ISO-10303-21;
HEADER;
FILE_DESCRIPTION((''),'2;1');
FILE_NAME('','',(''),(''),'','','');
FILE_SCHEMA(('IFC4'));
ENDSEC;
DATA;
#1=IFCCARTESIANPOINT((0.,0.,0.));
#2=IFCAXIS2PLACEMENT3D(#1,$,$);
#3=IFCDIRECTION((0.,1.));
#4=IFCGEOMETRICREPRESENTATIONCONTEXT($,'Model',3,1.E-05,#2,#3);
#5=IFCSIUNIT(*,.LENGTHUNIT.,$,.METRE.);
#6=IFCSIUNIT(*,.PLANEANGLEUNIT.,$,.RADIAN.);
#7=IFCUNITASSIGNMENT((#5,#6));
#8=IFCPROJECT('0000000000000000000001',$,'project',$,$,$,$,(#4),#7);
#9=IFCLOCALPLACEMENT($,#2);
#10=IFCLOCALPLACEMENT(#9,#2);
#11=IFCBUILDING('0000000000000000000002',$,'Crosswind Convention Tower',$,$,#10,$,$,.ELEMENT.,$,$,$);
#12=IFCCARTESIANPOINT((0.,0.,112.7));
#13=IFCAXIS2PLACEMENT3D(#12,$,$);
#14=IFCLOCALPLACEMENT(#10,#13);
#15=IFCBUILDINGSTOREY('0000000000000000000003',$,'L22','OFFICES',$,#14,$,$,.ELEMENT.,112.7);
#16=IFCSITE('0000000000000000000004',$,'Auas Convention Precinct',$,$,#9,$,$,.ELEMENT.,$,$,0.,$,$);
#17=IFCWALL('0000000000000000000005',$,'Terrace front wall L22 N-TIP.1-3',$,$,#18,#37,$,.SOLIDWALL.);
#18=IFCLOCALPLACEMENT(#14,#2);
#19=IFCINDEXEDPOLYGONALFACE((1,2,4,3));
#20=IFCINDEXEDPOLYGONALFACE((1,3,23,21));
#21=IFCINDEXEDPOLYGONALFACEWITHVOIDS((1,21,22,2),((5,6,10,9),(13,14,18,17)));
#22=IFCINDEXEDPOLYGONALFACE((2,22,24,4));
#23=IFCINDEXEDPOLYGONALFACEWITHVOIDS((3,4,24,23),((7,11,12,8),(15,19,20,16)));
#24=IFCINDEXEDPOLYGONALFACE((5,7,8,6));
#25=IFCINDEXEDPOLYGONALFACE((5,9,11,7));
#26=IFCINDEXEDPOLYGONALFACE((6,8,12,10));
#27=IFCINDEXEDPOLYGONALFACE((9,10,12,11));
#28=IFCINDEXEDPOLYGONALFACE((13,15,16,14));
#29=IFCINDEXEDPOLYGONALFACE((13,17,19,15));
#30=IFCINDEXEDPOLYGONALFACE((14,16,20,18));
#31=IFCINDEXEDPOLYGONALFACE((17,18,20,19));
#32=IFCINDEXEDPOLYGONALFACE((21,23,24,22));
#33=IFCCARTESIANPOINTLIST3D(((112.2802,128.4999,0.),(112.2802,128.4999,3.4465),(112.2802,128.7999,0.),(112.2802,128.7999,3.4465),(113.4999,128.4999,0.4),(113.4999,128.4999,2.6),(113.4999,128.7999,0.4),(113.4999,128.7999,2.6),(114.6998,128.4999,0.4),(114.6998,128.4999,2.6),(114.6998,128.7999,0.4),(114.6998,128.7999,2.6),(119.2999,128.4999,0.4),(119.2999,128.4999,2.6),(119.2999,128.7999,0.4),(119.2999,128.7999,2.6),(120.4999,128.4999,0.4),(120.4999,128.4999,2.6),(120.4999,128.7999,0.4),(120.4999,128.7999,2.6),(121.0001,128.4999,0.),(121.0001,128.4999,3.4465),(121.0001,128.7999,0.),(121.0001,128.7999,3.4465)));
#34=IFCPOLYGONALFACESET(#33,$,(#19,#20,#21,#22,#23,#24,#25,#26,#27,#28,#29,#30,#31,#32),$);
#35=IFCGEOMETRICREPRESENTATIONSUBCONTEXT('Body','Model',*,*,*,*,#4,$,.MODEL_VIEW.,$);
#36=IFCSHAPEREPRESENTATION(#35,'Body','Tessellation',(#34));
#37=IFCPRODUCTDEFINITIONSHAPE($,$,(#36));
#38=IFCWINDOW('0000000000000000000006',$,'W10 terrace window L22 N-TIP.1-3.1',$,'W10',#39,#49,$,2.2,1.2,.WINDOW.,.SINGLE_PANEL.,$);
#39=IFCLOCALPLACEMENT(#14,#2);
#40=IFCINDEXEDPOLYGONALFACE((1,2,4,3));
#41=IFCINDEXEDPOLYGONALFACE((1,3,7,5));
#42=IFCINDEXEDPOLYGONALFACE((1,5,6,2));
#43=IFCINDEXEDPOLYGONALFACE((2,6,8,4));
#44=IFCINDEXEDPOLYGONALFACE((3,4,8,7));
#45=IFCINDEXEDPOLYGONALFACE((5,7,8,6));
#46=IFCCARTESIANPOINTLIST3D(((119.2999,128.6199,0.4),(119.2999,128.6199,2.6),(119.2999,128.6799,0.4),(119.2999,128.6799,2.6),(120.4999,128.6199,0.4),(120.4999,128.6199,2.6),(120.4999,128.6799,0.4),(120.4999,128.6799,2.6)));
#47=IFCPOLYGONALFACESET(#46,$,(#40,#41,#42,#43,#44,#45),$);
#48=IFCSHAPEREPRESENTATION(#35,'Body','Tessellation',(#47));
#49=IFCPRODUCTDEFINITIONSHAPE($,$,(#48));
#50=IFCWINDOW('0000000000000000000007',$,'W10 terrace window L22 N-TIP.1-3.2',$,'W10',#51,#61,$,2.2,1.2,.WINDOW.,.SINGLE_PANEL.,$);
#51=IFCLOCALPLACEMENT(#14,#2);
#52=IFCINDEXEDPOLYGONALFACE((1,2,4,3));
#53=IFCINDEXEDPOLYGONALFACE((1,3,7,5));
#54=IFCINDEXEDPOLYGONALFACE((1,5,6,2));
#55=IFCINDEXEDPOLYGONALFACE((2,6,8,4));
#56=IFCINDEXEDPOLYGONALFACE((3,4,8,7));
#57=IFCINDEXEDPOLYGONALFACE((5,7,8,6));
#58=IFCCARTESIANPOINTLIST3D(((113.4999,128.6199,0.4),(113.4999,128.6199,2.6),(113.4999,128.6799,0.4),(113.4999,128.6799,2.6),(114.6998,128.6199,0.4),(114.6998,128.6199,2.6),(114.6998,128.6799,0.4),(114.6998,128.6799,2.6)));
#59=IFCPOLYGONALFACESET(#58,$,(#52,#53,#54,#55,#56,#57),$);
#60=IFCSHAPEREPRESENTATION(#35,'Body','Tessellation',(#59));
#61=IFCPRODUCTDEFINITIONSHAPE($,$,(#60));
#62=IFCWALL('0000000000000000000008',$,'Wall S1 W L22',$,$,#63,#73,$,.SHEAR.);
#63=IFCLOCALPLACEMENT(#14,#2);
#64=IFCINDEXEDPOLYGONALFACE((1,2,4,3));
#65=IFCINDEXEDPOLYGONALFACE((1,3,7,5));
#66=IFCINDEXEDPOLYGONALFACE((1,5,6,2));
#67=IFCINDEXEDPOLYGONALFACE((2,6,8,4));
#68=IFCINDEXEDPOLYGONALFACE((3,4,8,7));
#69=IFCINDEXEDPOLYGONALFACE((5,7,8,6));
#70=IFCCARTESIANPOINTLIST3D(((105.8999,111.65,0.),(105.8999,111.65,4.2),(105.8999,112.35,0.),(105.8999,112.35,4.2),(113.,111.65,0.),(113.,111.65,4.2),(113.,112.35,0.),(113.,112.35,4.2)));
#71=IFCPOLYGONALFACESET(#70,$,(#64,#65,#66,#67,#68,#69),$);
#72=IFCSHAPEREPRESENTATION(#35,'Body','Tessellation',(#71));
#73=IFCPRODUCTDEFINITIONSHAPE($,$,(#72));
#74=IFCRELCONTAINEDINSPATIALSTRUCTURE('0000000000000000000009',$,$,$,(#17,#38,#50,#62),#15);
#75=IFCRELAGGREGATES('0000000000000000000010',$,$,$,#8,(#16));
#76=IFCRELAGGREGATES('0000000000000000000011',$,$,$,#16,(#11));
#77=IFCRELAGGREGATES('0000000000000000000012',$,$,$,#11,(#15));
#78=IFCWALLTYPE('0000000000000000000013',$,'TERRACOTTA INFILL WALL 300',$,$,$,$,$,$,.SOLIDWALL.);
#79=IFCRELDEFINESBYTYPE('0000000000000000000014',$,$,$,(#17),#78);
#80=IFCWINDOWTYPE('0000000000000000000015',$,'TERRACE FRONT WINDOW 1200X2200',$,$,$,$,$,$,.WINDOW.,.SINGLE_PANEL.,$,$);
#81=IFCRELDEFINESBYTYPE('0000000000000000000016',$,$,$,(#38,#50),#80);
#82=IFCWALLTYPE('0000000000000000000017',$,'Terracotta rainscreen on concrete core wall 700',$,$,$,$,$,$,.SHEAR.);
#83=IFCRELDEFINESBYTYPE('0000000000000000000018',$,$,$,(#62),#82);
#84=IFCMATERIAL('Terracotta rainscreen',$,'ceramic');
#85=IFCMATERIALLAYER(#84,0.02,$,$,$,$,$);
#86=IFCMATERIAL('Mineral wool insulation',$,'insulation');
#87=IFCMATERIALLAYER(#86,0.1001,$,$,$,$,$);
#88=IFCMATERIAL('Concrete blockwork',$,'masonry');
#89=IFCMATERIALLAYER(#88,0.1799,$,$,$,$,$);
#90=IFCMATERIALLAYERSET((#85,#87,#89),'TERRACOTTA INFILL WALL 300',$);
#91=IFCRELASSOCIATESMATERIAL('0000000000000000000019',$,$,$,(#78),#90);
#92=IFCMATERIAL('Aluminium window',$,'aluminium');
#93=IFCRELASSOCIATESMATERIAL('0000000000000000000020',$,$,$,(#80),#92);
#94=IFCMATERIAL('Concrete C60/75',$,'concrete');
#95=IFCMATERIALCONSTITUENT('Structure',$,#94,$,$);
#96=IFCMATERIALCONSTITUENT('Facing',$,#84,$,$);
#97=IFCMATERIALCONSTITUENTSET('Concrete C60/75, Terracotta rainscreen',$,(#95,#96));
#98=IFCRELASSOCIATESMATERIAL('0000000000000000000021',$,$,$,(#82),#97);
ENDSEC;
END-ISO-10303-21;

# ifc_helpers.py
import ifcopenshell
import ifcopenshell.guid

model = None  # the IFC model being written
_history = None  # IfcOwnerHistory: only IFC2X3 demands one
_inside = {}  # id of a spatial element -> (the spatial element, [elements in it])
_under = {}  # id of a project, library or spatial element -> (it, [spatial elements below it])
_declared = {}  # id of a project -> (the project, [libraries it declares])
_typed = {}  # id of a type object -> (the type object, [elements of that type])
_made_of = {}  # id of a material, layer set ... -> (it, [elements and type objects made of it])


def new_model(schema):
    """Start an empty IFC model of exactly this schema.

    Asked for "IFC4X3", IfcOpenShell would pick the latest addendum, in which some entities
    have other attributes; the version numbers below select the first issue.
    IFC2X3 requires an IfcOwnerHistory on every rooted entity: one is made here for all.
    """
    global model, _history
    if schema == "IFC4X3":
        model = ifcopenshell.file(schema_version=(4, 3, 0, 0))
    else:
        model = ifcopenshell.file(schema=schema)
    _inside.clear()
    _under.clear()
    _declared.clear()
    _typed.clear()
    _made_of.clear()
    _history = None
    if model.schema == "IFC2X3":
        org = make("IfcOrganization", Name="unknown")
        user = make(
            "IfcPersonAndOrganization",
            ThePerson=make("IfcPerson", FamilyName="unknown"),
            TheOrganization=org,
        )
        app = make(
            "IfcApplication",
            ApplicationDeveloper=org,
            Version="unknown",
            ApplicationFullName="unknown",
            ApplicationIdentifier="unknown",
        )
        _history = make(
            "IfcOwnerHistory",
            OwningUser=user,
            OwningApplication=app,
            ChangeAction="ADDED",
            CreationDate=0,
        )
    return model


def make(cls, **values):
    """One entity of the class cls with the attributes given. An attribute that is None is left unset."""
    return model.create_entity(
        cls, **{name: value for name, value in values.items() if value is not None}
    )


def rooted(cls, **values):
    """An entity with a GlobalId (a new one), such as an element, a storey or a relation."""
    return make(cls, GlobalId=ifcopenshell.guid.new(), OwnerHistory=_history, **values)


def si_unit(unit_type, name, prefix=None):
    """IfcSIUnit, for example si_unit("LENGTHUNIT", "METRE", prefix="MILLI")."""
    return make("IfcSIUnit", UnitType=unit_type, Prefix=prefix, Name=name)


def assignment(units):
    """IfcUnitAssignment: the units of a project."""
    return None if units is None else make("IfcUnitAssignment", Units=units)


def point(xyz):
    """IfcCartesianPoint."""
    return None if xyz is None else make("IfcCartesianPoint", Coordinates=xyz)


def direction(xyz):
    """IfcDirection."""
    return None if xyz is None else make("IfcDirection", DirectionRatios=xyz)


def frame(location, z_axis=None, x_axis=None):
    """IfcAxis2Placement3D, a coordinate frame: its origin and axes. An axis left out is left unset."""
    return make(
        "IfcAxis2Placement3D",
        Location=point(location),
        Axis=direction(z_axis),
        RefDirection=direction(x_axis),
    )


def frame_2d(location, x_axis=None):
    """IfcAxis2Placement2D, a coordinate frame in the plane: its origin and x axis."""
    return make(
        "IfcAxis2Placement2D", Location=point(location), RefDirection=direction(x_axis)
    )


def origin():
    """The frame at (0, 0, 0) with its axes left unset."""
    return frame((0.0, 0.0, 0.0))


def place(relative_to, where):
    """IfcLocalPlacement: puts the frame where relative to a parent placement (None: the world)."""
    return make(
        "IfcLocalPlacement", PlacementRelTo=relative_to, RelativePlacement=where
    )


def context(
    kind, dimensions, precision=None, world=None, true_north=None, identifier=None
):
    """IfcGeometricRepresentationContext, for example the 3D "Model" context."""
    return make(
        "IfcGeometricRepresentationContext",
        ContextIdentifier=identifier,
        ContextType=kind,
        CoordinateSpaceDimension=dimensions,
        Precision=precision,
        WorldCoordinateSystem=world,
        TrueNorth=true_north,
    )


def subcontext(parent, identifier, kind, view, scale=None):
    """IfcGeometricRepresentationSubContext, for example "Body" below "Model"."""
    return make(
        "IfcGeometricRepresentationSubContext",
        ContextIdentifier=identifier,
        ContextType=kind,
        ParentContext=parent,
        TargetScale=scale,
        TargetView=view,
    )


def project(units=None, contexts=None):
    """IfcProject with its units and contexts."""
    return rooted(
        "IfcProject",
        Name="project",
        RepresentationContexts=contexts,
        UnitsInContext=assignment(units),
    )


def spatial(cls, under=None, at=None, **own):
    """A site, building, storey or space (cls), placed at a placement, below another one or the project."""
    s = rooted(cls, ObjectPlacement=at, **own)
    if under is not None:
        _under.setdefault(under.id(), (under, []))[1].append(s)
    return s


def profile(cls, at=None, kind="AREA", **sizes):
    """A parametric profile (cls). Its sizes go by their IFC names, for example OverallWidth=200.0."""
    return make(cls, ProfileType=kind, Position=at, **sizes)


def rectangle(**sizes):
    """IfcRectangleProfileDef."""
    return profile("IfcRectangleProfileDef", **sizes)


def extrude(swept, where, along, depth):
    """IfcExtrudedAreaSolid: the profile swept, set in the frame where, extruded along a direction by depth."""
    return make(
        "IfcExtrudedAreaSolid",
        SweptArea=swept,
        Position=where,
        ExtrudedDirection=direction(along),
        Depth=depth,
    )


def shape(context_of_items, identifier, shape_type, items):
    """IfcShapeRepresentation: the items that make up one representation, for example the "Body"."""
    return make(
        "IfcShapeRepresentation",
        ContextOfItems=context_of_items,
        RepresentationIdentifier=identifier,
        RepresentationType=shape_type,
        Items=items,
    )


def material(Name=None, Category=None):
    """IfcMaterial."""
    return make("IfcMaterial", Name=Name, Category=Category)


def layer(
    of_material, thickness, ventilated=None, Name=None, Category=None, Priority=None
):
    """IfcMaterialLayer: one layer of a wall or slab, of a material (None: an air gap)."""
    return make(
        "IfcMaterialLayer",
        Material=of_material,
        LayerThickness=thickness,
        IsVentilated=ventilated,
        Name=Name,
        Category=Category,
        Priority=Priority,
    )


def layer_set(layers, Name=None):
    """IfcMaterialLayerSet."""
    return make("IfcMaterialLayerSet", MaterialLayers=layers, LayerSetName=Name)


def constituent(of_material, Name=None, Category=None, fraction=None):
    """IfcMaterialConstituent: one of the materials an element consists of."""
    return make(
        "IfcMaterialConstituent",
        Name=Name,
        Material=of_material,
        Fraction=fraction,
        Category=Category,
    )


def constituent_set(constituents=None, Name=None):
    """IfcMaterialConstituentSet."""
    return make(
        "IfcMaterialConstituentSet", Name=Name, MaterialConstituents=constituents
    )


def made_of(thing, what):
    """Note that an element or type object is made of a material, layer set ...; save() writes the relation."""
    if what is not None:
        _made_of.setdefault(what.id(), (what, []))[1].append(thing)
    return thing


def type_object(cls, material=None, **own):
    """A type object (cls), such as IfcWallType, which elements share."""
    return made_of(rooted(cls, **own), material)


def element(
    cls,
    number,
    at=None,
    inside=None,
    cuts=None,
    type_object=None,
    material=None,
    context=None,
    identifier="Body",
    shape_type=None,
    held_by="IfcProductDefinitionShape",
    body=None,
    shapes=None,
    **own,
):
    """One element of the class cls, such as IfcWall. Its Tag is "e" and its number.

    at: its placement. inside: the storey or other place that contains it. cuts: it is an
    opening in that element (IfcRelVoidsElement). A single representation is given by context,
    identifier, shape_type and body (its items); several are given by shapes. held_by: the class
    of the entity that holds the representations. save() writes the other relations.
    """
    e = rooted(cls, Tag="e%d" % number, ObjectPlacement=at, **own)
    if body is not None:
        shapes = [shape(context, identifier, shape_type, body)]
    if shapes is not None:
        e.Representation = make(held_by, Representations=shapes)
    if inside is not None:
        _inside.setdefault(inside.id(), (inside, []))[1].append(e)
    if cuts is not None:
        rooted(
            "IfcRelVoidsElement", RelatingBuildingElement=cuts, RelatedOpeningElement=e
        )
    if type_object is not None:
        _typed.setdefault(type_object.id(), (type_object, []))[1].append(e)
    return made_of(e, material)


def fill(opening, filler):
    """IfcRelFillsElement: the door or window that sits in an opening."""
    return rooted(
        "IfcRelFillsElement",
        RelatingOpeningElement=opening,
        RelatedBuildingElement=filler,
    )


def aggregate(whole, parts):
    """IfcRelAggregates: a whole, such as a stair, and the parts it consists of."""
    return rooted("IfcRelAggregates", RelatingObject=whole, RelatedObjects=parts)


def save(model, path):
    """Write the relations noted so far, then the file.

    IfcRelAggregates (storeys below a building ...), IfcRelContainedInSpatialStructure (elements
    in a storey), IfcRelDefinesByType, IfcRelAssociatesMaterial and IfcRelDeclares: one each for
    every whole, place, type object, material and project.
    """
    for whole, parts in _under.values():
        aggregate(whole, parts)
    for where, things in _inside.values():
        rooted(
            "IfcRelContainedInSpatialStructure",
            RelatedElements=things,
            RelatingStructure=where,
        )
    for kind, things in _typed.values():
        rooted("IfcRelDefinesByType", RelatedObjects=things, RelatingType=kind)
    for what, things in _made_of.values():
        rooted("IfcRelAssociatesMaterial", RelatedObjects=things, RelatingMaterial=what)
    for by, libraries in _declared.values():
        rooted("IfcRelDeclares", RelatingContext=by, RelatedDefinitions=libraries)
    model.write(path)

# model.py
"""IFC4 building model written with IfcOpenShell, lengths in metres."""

from ifc_helpers import new_model, si_unit, direction, frame, frame_2d, origin, place, context, subcontext, project, spatial, rectangle, extrude, material, layer, layer_set, constituent, constituent_set, type_object, element, fill, save


model = new_model("IFC4")

# Units and contexts
model_context = context("Model", 3, precision=1e-05, world=origin(), true_north=direction((0.0, 1.0)))
body_context = subcontext(model_context, "Body", "Model", "MODEL_VIEW")
ifc_project = project(units=[si_unit("LENGTHUNIT", "METRE"), si_unit("PLANEANGLEUNIT", "RADIAN")], contexts=[model_context])

# Site, building, storey
site_placement = place(None, origin())
site = spatial("IfcSite", under=ifc_project, at=site_placement, Name="Auas Convention Precinct", CompositionType="ELEMENT", RefElevation=0.0)
building_placement = place(site_placement, origin())
building = spatial("IfcBuilding", under=site, at=building_placement, Name="Crosswind Convention Tower", CompositionType="ELEMENT")
storey_placement = place(building_placement, frame((0.0, 0.0, 112.7)))
storey = spatial("IfcBuildingStorey", under=building, at=storey_placement, Name="L22", Description="OFFICES", CompositionType="ELEMENT", Elevation=112.7)

# Shared definitions
ifc_material_1 = material(Name="Concrete C60/75", Category="concrete")

# Wall, openings, windows
ifc_material_2 = material(Name="Terracotta rainscreen", Category="ceramic")
ifc_layer_1 = layer(ifc_material_2, 0.02)
ifc_material_3 = material(Name="Mineral wool insulation", Category="insulation")
ifc_layer_2 = layer(ifc_material_3, 0.1001)
ifc_material_4 = material(Name="Concrete blockwork", Category="masonry")
ifc_layer_3 = layer(ifc_material_4, 0.1799)
ifc_layer_set_1 = layer_set([ifc_layer_1, ifc_layer_2, ifc_layer_3], Name="TERRACOTTA INFILL WALL 300")
wall_type_1 = type_object("IfcWallType", Name="TERRACOTTA INFILL WALL 300", PredefinedType="SOLIDWALL", material=ifc_layer_set_1)
wall_1_placement = place(storey_placement, frame((121.0, 128.6499, 0.0), z_axis=(0.0, 0.0, 1.0), x_axis=(-1.0, 0.0, 0.0)))
wall_1 = element("IfcWall", 1, at=wall_1_placement, inside=storey, type_object=wall_type_1, Name="Terrace front wall L22 N-TIP.1-3", PredefinedType="SOLIDWALL", context=body_context, shape_type="SweptSolid", body=[
    extrude(rectangle(XDim=8.72, YDim=0.3, at=frame_2d((4.3599, 0.0))), origin(), (0.0, 0.0, 1.0), 3.4465),
])
opening_1_placement = place(wall_1_placement, frame((0.5, 0.0, 0.3999)))
opening_1 = element("IfcOpeningElement", 2, at=opening_1_placement, cuts=wall_1, PredefinedType="OPENING", context=body_context, shape_type="SweptSolid", body=[
    extrude(rectangle(XDim=1.2, YDim=2.2, at=frame_2d((0.6001, 1.1001))), frame((0.0, 0.1599, 0.0), z_axis=(0.0, -1.0, 0.0), x_axis=(1.0, 0.0, 0.0)), (0.0, 0.0, 1.0), 0.3201),
])
opening_2_placement = place(wall_1_placement, frame((6.3, 0.0, 0.3999)))
opening_2 = element("IfcOpeningElement", 3, at=opening_2_placement, cuts=wall_1, PredefinedType="OPENING", context=body_context, shape_type="SweptSolid", body=[
    extrude(rectangle(XDim=1.2, YDim=2.2, at=frame_2d((0.6001, 1.1001))), frame((0.0, 0.1599, 0.0), z_axis=(0.0, -1.0, 0.0), x_axis=(1.0, 0.0, 0.0)), (0.0, 0.0, 1.0), 0.3201),
])
ifc_material_5 = material(Name="Aluminium window", Category="aluminium")
window_type = type_object("IfcWindowType", Name="TERRACE FRONT WINDOW 1200X2200", PartitioningType="SINGLE_PANEL", PredefinedType="WINDOW", material=ifc_material_5)
window_1_placement = place(opening_1_placement, origin())
window_1 = element("IfcWindow", 4, at=window_1_placement, inside=storey, type_object=window_type, Name="W10 terrace window L22 N-TIP.1-3.1", ObjectType="W10", OverallHeight=2.2, OverallWidth=1.2, PartitioningType="SINGLE_PANEL", PredefinedType="WINDOW", context=body_context, shape_type="SweptSolid", body=[
    extrude(rectangle(XDim=1.2, YDim=2.2, at=frame_2d((0.6001, 1.1001))), frame((0.0, 0.03, 0.0), z_axis=(0.0, -1.0, 0.0), x_axis=(1.0, 0.0, 0.0)), (0.0, 0.0, 1.0), 0.0601),
])
fill(opening_1, window_1)
window_2_placement = place(opening_2_placement, origin())
window_2 = element("IfcWindow", 5, at=window_2_placement, inside=storey, type_object=window_type, Name="W10 terrace window L22 N-TIP.1-3.2", ObjectType="W10", OverallHeight=2.2, OverallWidth=1.2, PartitioningType="SINGLE_PANEL", PredefinedType="WINDOW", context=body_context, shape_type="SweptSolid", body=[
    extrude(rectangle(XDim=1.2, YDim=2.2, at=frame_2d((0.6001, 1.1001))), frame((0.0, 0.03, 0.0), z_axis=(0.0, -1.0, 0.0), x_axis=(1.0, 0.0, 0.0)), (0.0, 0.0, 1.0), 0.0601),
])
fill(opening_2, window_2)

# Wall
ifc_constituent_1 = constituent(ifc_material_1, Name="Structure")
ifc_constituent_2 = constituent(ifc_material_2, Name="Facing")
ifc_constituent_set = constituent_set(constituents=[ifc_constituent_1, ifc_constituent_2], Name="Concrete C60/75, Terracotta rainscreen")
wall_type_2 = type_object("IfcWallType", Name="Terracotta rainscreen on concrete core wall 700", PredefinedType="SHEAR", material=ifc_constituent_set)
wall_2_placement = place(storey_placement, frame((113.0, 112.0, 0.0), z_axis=(0.0, 0.0, 1.0), x_axis=(-1.0, 0.0, 0.0)))
element("IfcWall", 6, at=wall_2_placement, inside=storey, type_object=wall_type_2, Name="Wall S1 W L22", PredefinedType="SHEAR", context=body_context, shape_type="SweptSolid", body=[
    extrude(rectangle(XDim=7.1001, YDim=0.7, at=frame_2d((3.55, 0.0))), origin(), (0.0, 0.0, 1.0), 4.2),
])

save(model, "model.ifc")
